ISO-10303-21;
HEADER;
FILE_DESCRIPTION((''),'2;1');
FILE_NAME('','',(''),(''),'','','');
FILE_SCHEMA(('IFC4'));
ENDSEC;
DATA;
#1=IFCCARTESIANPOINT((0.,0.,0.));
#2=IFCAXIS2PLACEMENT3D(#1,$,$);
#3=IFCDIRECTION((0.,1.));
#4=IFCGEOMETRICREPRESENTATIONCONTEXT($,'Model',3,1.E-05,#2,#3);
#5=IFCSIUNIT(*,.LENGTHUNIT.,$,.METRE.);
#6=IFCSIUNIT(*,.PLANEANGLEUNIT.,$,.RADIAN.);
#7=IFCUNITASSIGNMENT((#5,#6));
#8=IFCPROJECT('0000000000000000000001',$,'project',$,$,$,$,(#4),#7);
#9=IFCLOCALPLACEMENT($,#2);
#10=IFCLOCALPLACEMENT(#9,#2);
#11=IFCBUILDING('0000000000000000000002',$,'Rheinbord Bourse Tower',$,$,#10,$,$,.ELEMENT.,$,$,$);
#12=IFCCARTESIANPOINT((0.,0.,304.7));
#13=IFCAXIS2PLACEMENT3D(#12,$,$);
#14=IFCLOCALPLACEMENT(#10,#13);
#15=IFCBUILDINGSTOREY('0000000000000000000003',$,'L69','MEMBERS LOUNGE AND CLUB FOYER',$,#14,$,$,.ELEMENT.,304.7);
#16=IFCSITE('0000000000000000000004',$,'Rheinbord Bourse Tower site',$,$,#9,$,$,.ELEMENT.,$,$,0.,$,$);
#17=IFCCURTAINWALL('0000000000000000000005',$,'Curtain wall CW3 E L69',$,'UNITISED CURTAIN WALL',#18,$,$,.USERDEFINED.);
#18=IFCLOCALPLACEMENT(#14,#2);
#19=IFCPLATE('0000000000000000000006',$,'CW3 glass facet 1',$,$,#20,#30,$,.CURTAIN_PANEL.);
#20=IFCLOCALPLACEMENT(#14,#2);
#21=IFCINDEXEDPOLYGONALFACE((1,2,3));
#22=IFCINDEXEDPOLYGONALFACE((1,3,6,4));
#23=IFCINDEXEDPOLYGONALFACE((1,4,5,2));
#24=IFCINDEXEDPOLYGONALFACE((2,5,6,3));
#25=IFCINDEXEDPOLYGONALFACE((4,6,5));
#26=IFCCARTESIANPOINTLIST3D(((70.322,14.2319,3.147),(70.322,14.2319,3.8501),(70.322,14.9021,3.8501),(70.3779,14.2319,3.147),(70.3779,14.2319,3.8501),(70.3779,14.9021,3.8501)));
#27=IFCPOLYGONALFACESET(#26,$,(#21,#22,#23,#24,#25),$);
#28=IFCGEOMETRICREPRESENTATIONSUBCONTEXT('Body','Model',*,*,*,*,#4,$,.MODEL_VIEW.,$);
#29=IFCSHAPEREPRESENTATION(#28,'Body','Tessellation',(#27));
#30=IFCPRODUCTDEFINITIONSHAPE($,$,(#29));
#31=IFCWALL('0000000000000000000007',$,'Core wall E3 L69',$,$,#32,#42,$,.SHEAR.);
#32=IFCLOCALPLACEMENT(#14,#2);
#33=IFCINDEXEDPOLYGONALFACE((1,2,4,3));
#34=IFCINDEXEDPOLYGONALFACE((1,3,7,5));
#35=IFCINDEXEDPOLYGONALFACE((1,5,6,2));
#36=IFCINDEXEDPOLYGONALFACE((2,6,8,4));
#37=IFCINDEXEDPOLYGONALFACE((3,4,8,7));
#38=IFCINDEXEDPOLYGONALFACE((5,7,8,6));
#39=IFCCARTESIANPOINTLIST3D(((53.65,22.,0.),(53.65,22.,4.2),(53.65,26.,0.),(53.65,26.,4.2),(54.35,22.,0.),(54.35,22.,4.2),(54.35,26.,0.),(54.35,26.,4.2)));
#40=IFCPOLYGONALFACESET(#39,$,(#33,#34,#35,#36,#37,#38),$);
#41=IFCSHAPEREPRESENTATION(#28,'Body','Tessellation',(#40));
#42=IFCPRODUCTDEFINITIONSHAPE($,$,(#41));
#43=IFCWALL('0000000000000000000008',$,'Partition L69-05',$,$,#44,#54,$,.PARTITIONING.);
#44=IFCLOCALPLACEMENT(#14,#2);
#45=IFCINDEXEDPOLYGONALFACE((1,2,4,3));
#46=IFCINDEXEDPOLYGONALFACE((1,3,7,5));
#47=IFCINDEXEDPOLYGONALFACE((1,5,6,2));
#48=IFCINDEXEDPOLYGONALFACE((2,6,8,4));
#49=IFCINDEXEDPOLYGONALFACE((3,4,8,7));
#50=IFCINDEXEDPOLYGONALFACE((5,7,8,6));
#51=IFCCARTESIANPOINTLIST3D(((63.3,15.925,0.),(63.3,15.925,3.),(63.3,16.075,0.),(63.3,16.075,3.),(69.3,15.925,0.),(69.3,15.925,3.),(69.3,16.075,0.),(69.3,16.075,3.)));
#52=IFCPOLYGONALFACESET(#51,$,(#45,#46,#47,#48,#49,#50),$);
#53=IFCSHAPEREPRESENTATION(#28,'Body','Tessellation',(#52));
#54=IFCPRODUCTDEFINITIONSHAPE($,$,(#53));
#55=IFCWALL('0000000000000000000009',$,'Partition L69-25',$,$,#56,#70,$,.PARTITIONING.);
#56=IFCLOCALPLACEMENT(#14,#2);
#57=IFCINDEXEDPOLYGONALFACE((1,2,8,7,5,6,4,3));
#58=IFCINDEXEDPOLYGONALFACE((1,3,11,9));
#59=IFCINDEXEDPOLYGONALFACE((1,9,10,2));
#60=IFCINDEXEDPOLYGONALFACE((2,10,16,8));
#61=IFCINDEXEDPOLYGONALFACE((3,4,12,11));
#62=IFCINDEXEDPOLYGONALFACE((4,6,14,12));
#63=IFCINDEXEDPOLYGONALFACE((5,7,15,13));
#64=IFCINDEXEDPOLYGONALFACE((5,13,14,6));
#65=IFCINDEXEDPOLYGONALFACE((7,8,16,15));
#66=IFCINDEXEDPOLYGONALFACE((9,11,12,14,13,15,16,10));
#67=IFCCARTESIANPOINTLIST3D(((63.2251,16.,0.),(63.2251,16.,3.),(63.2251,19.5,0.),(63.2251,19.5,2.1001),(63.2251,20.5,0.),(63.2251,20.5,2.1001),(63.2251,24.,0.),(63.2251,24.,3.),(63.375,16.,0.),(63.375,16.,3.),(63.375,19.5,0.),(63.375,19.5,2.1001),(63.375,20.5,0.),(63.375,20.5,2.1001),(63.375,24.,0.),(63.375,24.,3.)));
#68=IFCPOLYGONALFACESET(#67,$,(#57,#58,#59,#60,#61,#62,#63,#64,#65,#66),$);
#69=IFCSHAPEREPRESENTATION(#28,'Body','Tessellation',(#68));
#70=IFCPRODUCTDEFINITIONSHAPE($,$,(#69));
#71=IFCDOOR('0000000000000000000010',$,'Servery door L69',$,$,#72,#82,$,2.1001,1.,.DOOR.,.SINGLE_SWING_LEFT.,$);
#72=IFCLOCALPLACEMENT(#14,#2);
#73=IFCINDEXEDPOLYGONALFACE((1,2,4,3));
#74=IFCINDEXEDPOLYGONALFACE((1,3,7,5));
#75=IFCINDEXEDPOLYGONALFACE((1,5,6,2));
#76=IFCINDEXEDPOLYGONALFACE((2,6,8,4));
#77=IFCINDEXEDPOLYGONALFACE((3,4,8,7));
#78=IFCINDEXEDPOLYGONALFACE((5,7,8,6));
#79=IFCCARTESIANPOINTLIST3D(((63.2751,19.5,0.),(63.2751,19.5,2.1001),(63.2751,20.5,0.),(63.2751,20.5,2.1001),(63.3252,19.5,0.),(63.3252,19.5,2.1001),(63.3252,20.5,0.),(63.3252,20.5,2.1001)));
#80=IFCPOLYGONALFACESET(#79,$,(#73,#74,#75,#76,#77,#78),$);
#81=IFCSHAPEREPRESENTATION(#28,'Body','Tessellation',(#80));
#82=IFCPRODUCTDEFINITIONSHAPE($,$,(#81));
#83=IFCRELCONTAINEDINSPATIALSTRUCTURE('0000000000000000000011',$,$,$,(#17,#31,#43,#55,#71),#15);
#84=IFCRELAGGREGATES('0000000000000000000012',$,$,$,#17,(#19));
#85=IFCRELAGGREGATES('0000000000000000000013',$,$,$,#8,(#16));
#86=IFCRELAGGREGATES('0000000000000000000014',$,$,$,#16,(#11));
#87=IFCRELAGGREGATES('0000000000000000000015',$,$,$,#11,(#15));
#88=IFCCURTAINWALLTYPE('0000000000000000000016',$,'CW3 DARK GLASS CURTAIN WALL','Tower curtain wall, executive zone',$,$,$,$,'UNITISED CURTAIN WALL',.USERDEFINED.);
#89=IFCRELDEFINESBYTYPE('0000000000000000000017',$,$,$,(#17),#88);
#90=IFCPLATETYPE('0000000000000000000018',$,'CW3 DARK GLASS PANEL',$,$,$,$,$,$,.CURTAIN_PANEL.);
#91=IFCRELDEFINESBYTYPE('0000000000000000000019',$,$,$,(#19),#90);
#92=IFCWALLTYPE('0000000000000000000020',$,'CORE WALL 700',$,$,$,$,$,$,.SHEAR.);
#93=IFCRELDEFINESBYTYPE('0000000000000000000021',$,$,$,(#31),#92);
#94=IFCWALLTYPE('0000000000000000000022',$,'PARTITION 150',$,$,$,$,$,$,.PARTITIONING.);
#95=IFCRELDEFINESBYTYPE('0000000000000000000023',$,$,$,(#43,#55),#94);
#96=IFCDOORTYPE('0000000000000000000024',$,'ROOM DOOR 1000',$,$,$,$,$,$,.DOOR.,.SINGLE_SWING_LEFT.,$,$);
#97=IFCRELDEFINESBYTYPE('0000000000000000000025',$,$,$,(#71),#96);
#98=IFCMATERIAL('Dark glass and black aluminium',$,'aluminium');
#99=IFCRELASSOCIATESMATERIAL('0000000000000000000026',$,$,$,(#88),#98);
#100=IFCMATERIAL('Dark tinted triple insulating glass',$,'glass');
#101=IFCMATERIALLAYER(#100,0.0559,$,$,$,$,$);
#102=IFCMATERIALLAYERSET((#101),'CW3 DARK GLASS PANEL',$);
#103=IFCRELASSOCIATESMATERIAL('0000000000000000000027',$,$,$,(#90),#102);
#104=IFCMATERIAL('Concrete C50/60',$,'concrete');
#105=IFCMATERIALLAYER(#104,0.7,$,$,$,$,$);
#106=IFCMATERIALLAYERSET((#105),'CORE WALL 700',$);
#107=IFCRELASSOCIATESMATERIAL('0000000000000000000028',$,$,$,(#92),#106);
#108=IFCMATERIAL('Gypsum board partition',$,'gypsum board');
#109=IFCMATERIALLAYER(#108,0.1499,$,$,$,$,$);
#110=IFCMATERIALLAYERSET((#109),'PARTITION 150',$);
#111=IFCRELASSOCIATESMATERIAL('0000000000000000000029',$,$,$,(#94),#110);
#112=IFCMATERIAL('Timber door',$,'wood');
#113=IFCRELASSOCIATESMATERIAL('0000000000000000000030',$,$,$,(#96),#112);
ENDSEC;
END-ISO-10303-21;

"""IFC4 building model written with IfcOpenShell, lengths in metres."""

from ifc_helpers import new_model, si_unit, direction, frame, frame_2d, origin, place, context, subcontext, project, spatial, polyline, rectangle, outline, extrude, material, layer, layer_set, type_object, element, fill, aggregate, save


model = new_model("IFC4")

# Units and contexts
model_context = context("Model", 3, precision=1e-05, world=origin(), true_north=direction((0.0, 1.0)))
body_context = subcontext(model_context, "Body", "Model", "MODEL_VIEW")
ifc_project = project(units=[si_unit("LENGTHUNIT", "METRE"), si_unit("PLANEANGLEUNIT", "RADIAN")], contexts=[model_context])

# Site, building, storey
site_placement = place(None, origin())
site = spatial("IfcSite", under=ifc_project, at=site_placement, Name="Rheinbord Bourse Tower site", CompositionType="ELEMENT", RefElevation=0.0)
building_placement = place(site_placement, origin())
building = spatial("IfcBuilding", under=site, at=building_placement, Name="Rheinbord Bourse Tower", CompositionType="ELEMENT")
storey_placement = place(building_placement, frame((0.0, 0.0, 304.7)))
storey = spatial("IfcBuildingStorey", under=building, at=storey_placement, Name="L69", Description="MEMBERS LOUNGE AND CLUB FOYER", CompositionType="ELEMENT", Elevation=304.7)

# Curtain wall
ifc_material_1 = material(Name="Dark glass and black aluminium", Category="aluminium")
curtain_wall_type = type_object("IfcCurtainWallType", Name="CW3 DARK GLASS CURTAIN WALL", Description="Tower curtain wall, executive zone", ElementType="UNITISED CURTAIN WALL", PredefinedType="USERDEFINED", material=ifc_material_1)
curtain_wall_placement = place(storey_placement, origin())
curtain_wall = element("IfcCurtainWall", 1, at=curtain_wall_placement, inside=storey, type_object=curtain_wall_type, Name="Curtain wall CW3 E L69", ObjectType="UNITISED CURTAIN WALL", PredefinedType="USERDEFINED")

# Plate
ifc_material_2 = material(Name="Dark tinted triple insulating glass", Category="glass")
ifc_layer_1 = layer(ifc_material_2, 0.0559)
ifc_layer_set_1 = layer_set([ifc_layer_1], Name="CW3 DARK GLASS PANEL")
plate_type = type_object("IfcPlateType", Name="CW3 DARK GLASS PANEL", PredefinedType="CURTAIN_PANEL", material=ifc_layer_set_1)
plate_1_placement = place(storey_placement, frame((70.3779, 14.2319, 3.8501), z_axis=(-1.0, 0.0, 0.0), x_axis=(0.0, 1.0, 0.0)))
plate_1 = element("IfcPlate", 2, at=plate_1_placement, type_object=plate_type, Name="CW3 glass facet 1", PredefinedType="CURTAIN_PANEL", context=body_context, shape_type="SweptSolid", body=[
    extrude(outline(polyline([(0.0, 0.0), (0.6702, 0.0), (0.0, 0.7031), (0.0, 0.0)])), origin(), (0.0, 0.0, 1.0), 0.0559),
])
aggregate(curtain_wall, [plate_1])

# Walls
ifc_material_3 = material(Name="Concrete C50/60", Category="concrete")
ifc_layer_2 = layer(ifc_material_3, 0.7)
ifc_layer_set_2 = layer_set([ifc_layer_2], Name="CORE WALL 700")
wall_type_1 = type_object("IfcWallType", Name="CORE WALL 700", PredefinedType="SHEAR", material=ifc_layer_set_2)
wall_1_placement = place(storey_placement, frame((54.0, 22.0, 0.0), z_axis=(0.0, 0.0, 1.0), x_axis=(0.0, 1.0, 0.0)))
element("IfcWall", 3, at=wall_1_placement, inside=storey, type_object=wall_type_1, Name="Core wall E3 L69", PredefinedType="SHEAR", context=body_context, shape_type="SweptSolid", body=[
    extrude(rectangle(XDim=4.0, YDim=0.7, at=frame_2d((2.0, 0.0))), origin(), (0.0, 0.0, 1.0), 4.2),
])
ifc_material_4 = material(Name="Gypsum board partition", Category="gypsum board")
ifc_layer_3 = layer(ifc_material_4, 0.1499)
ifc_layer_set_3 = layer_set([ifc_layer_3], Name="PARTITION 150")
wall_type_2 = type_object("IfcWallType", Name="PARTITION 150", PredefinedType="PARTITIONING", material=ifc_layer_set_3)
wall_2_placement = place(storey_placement, frame((63.3, 16.0, 0.0), z_axis=(0.0, 0.0, 1.0), x_axis=(1.0, 0.0, 0.0)))
element("IfcWall", 4, at=wall_2_placement, inside=storey, type_object=wall_type_2, Name="Partition L69-05", PredefinedType="PARTITIONING", context=body_context, shape_type="SweptSolid", body=[
    extrude(rectangle(XDim=6.0, YDim=0.1499, at=frame_2d((3.0, 0.0))), origin(), (0.0, 0.0, 1.0), 3.0),
])

# Wall, opening, door
wall_3_placement = place(storey_placement, frame((63.3, 16.0, 0.0), z_axis=(0.0, 0.0, 1.0), x_axis=(0.0, 1.0, 0.0)))
wall_3 = element("IfcWall", 5, at=wall_3_placement, inside=storey, type_object=wall_type_2, Name="Partition L69-25", PredefinedType="PARTITIONING", context=body_context, shape_type="SweptSolid", body=[
    extrude(rectangle(XDim=8.0, YDim=0.1499, at=frame_2d((4.0, 0.0))), origin(), (0.0, 0.0, 1.0), 3.0),
])
opening_placement = place(wall_3_placement, frame((3.5, 0.0, 0.0)))
opening = element("IfcOpeningElement", 6, at=opening_placement, cuts=wall_3, PredefinedType="OPENING", context=body_context, shape_type="SweptSolid", body=[
    extrude(rectangle(XDim=1.0, YDim=2.1001, at=frame_2d((0.5, 1.05))), frame((0.0, 0.085, 0.0), z_axis=(0.0, -1.0, 0.0), x_axis=(1.0, 0.0, 0.0)), (0.0, 0.0, 1.0), 0.1699),
])
ifc_material_5 = material(Name="Timber door", Category="wood")
door_type = type_object("IfcDoorType", Name="ROOM DOOR 1000", OperationType="SINGLE_SWING_LEFT", PredefinedType="DOOR", material=ifc_material_5)
door_placement = place(opening_placement, origin())
door = element("IfcDoor", 7, at=door_placement, inside=storey, type_object=door_type, Name="Servery door L69", OperationType="SINGLE_SWING_LEFT", OverallHeight=2.1001, OverallWidth=1.0, PredefinedType="DOOR", context=body_context, shape_type="SweptSolid", body=[
    extrude(rectangle(XDim=1.0, YDim=2.1001, at=frame_2d((0.5, 1.05))), frame((0.0, 0.0249, 0.0), z_axis=(0.0, -1.0, 0.0), x_axis=(1.0, 0.0, 0.0)), (0.0, 0.0, 1.0), 0.05),
])
fill(opening, door)

save(model, "model.ifc")
